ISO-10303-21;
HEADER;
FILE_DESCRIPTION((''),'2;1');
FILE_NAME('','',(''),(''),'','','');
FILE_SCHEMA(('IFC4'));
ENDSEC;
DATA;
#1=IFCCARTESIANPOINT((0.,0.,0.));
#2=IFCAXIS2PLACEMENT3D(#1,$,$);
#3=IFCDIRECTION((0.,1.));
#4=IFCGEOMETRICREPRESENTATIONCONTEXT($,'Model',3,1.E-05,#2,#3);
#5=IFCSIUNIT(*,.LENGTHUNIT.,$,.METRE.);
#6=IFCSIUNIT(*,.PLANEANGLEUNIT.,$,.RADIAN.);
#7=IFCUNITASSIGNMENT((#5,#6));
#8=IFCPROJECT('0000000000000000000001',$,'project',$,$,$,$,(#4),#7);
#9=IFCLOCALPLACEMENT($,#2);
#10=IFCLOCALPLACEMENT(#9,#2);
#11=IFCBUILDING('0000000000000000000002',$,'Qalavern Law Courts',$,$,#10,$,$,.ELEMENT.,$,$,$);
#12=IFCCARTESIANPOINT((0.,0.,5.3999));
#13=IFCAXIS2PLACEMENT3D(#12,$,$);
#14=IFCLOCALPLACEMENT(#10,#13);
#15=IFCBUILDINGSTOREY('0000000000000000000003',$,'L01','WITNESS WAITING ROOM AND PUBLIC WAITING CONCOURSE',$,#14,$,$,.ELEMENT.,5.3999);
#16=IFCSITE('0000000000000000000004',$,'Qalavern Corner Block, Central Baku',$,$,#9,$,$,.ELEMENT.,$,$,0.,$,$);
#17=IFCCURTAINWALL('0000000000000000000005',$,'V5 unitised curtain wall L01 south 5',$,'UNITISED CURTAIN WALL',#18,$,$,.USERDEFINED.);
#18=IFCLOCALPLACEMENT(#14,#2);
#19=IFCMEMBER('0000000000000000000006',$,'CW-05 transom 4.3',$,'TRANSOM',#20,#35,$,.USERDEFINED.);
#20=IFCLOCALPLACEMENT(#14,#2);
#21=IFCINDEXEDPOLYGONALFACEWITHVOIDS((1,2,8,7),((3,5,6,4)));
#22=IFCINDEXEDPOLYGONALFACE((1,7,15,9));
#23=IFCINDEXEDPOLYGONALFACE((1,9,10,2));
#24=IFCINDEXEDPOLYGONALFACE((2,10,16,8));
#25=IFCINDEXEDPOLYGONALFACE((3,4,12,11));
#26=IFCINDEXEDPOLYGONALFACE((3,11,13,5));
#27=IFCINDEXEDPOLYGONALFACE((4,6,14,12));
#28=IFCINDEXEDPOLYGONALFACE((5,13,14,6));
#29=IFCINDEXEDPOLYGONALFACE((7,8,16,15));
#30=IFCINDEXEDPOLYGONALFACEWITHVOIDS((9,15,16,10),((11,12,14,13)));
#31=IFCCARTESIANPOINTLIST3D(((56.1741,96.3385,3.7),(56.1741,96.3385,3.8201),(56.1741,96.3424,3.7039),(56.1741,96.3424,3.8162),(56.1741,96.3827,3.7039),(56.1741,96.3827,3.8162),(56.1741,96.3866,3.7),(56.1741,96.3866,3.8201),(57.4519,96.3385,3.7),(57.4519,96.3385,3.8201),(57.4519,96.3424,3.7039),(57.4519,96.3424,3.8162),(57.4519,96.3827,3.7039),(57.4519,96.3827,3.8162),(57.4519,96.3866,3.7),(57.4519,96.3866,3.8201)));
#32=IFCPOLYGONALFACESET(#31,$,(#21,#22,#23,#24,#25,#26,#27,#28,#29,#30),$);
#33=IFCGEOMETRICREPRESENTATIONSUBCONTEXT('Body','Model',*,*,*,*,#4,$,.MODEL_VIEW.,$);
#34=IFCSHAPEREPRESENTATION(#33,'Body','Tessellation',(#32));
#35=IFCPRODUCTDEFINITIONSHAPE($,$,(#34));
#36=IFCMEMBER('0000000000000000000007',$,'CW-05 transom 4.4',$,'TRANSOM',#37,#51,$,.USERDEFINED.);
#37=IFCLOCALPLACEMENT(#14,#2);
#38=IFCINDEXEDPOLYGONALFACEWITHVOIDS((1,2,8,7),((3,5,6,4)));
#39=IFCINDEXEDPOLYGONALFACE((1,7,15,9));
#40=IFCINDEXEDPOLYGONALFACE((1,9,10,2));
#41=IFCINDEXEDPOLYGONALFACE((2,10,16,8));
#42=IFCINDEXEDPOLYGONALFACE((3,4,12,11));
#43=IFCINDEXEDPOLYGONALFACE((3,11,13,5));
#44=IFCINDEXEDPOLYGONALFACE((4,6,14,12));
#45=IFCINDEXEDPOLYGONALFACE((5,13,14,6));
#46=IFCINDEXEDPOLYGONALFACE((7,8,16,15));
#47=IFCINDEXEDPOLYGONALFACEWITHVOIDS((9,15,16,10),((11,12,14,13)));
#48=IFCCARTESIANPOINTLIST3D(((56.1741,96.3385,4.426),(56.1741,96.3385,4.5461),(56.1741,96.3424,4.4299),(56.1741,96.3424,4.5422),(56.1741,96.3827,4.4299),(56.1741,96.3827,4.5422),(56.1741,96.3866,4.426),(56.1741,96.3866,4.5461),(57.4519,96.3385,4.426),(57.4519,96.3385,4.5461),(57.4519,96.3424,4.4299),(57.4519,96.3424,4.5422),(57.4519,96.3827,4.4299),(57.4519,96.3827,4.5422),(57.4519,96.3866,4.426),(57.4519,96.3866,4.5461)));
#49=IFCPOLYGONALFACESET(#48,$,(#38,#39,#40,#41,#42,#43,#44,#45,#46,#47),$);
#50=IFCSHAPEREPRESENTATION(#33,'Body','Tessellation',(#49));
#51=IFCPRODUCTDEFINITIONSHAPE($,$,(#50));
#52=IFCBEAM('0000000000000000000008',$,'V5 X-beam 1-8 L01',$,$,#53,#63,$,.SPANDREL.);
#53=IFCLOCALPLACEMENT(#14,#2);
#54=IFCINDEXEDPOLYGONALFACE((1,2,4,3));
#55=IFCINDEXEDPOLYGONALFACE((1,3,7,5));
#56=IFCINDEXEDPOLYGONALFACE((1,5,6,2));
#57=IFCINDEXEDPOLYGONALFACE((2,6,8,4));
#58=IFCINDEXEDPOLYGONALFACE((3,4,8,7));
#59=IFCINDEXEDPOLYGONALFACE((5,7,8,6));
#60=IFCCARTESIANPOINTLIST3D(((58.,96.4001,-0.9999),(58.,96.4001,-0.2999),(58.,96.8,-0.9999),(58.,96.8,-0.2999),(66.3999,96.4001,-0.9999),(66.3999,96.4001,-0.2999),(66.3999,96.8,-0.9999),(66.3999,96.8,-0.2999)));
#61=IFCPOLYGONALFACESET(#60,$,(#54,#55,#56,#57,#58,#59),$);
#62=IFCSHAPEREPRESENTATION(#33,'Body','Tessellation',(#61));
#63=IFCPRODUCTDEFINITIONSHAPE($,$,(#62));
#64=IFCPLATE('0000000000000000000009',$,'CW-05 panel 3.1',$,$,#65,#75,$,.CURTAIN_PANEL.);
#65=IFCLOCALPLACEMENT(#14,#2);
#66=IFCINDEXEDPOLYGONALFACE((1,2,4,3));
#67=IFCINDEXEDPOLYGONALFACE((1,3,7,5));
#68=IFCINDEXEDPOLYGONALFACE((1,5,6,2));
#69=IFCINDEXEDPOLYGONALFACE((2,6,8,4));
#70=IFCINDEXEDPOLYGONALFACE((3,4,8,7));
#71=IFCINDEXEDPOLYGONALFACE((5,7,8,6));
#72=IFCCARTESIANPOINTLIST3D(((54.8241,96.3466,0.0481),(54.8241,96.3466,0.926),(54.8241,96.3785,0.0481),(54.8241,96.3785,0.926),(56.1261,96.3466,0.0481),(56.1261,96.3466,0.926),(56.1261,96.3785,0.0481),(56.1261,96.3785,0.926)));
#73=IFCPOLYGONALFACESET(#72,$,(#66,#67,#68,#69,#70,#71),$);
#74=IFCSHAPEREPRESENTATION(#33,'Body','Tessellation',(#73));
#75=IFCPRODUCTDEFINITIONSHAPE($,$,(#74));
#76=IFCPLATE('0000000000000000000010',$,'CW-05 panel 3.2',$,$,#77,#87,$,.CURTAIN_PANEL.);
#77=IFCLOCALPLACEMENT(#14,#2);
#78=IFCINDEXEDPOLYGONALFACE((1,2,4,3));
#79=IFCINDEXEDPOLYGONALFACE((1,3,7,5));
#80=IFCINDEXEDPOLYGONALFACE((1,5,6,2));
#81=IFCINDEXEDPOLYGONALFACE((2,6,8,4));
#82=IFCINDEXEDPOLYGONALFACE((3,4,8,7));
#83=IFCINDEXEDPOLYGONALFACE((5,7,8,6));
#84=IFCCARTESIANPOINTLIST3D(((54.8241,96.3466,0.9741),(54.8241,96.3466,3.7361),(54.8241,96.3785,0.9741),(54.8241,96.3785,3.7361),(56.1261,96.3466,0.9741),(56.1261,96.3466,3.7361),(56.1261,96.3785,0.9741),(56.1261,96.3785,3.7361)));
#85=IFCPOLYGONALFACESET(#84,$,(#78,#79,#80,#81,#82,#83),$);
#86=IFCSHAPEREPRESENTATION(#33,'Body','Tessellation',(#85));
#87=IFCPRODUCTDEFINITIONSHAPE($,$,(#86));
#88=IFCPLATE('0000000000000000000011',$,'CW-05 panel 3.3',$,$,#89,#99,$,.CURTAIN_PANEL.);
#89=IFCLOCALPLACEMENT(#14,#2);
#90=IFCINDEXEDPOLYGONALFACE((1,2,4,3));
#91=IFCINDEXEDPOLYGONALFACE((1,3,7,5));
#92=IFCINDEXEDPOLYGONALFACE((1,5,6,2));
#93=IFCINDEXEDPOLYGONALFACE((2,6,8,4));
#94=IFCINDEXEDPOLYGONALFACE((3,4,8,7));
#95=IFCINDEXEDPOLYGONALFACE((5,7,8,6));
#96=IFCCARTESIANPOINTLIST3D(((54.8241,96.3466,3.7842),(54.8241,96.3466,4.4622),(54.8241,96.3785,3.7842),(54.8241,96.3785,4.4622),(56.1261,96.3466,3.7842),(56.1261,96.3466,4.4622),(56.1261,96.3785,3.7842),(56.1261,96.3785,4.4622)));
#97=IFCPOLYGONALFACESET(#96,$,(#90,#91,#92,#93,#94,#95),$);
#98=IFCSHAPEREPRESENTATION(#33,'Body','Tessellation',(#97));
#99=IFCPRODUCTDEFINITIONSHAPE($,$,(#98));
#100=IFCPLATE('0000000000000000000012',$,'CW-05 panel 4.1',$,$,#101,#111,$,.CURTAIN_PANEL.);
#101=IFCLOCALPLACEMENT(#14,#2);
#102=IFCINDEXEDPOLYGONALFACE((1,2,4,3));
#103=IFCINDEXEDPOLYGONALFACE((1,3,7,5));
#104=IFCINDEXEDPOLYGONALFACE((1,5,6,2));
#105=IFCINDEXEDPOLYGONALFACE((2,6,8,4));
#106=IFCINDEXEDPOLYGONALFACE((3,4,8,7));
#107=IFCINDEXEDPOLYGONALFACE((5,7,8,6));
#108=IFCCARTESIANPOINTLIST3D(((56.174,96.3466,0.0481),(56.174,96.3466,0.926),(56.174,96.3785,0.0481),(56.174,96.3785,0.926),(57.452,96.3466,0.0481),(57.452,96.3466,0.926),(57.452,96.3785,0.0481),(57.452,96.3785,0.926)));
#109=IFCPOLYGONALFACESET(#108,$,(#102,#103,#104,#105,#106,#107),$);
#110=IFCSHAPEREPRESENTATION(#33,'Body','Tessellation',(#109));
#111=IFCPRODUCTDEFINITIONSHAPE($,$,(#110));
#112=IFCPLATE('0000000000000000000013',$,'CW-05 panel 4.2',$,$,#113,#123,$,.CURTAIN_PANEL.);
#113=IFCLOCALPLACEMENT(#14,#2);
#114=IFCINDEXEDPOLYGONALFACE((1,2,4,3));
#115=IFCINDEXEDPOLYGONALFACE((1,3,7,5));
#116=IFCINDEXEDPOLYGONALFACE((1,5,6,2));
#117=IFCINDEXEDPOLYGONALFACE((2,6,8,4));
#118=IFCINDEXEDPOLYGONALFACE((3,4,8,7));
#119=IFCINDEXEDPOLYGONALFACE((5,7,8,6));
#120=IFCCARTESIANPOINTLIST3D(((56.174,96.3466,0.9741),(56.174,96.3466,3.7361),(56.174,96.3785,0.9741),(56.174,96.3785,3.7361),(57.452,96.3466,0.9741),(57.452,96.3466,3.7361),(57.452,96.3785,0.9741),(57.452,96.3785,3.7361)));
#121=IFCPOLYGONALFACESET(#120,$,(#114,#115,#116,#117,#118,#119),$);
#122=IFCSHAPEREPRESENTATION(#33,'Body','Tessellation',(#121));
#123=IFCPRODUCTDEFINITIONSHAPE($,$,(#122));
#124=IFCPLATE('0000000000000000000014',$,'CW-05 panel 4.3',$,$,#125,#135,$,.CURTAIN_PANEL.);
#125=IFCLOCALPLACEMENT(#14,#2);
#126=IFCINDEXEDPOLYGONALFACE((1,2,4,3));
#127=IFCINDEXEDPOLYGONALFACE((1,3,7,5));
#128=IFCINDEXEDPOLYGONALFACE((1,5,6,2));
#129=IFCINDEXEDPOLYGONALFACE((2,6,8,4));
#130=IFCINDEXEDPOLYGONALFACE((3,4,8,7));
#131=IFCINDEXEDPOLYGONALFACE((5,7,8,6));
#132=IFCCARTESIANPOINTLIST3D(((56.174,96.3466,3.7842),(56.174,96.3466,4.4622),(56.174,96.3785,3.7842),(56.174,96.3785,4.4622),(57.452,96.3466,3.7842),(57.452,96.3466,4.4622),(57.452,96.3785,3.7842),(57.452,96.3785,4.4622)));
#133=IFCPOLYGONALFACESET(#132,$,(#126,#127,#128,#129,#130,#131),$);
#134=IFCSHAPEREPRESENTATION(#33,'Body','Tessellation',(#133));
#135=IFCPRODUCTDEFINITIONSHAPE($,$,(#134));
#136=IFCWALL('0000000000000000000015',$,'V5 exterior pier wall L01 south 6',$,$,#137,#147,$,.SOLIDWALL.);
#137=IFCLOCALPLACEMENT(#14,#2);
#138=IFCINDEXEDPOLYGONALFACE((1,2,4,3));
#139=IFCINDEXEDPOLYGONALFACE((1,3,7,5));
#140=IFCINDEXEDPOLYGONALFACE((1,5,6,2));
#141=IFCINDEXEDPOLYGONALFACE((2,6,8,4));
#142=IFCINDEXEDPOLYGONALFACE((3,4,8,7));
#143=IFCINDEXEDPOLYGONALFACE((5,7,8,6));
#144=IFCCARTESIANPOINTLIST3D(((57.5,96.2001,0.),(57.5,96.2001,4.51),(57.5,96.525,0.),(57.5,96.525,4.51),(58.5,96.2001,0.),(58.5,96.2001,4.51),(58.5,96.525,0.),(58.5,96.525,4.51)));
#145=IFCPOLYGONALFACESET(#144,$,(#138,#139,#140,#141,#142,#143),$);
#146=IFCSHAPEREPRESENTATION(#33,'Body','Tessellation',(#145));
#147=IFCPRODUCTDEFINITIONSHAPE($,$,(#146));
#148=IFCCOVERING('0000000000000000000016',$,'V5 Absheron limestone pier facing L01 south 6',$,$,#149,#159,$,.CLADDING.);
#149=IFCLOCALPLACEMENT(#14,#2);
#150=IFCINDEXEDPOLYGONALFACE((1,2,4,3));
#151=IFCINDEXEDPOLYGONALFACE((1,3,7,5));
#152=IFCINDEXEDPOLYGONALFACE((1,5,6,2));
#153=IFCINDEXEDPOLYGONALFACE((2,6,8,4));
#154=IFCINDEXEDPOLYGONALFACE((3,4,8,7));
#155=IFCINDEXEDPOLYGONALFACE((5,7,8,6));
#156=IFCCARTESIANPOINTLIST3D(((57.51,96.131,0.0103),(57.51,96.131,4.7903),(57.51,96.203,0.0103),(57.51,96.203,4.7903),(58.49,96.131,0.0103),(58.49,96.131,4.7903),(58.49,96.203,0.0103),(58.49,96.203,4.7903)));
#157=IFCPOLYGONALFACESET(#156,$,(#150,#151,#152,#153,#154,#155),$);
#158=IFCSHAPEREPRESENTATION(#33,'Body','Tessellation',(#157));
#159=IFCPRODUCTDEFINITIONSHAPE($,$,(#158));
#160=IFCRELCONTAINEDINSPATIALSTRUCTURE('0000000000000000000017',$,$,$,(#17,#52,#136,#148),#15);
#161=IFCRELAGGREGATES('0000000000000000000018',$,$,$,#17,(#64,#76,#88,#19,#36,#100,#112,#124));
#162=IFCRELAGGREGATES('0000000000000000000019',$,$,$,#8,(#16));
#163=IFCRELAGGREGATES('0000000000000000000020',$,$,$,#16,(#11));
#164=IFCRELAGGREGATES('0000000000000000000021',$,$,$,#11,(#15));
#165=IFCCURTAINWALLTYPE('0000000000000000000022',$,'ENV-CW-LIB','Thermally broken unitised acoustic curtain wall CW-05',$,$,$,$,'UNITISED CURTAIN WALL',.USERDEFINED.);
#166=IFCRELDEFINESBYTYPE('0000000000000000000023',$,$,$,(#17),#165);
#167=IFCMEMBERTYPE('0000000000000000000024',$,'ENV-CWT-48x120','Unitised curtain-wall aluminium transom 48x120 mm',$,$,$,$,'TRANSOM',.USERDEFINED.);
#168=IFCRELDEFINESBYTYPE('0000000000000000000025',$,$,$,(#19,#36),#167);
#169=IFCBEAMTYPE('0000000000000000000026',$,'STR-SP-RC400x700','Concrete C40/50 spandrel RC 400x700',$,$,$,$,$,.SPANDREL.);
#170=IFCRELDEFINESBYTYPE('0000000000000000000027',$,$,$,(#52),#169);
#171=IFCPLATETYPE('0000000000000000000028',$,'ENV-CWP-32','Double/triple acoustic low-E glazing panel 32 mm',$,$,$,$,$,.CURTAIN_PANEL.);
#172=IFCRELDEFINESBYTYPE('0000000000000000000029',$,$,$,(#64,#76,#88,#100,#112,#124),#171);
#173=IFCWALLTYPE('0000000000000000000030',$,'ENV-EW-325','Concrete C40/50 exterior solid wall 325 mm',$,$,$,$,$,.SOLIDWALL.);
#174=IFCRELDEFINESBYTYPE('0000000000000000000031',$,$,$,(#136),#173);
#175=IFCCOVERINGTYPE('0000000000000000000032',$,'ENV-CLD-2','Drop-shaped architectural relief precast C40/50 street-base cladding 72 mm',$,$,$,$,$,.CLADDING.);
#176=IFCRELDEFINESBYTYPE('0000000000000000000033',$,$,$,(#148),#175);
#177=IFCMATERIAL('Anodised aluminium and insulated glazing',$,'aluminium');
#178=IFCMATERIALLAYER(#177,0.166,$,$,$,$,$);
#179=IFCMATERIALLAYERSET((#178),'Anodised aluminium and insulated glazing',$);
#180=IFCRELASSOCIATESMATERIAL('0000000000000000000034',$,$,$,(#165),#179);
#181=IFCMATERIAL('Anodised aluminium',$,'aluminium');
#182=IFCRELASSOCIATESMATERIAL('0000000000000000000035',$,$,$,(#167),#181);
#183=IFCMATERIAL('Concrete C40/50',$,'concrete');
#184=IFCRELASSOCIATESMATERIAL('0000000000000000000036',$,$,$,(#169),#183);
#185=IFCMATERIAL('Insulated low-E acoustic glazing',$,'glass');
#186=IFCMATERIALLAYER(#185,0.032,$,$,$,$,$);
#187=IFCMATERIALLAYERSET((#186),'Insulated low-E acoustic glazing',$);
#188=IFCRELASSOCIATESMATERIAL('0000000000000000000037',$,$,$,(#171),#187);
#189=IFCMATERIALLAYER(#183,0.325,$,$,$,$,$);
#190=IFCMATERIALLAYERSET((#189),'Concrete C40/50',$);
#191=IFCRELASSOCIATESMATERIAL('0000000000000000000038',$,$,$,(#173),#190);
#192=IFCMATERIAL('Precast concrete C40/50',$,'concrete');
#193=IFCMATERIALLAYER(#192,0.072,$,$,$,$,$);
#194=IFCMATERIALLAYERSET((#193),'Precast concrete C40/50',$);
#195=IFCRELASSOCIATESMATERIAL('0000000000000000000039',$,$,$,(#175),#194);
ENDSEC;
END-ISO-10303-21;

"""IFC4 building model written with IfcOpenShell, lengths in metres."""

from ifc_helpers import new_model, si_unit, direction, frame, frame_2d, origin, origin_2d, place, context, subcontext, project, spatial, rectangle, hollow_rectangle, extrude, material, layer, layer_set, material_profile, profile_set, type_object, element, aggregate, save


model = new_model("IFC4")

# Units and contexts
model_context = context("Model", 3, precision=1e-05, world=origin(), true_north=direction((0.0, 1.0)))
body_context = subcontext(model_context, "Body", "Model", "MODEL_VIEW")
ifc_project = project(units=[si_unit("LENGTHUNIT", "METRE"), si_unit("PLANEANGLEUNIT", "RADIAN")], contexts=[model_context])

# Site, building, storey
site_placement = place(None, origin())
site = spatial("IfcSite", under=ifc_project, at=site_placement, Name="Qalavern Corner Block, Central Baku", CompositionType="ELEMENT", RefElevation=0.0)
building_placement = place(site_placement, origin())
building = spatial("IfcBuilding", under=site, at=building_placement, Name="Qalavern Law Courts", CompositionType="ELEMENT")
storey_placement = place(building_placement, frame((0.0, 0.0, 5.3999)))
storey = spatial("IfcBuildingStorey", under=building, at=storey_placement, Name="L01", Description="WITNESS WAITING ROOM AND PUBLIC WAITING CONCOURSE", CompositionType="ELEMENT", Elevation=5.3999)

# Curtain wall
ifc_material_1 = material(Name="Anodised aluminium and insulated glazing", Category="aluminium")
ifc_layer_1 = layer(ifc_material_1, 0.166)
ifc_layer_set_1 = layer_set([ifc_layer_1], Name="Anodised aluminium and insulated glazing")
curtain_wall_type = type_object("IfcCurtainWallType", Name="ENV-CW-LIB", Description="Thermally broken unitised acoustic curtain wall CW-05", ElementType="UNITISED CURTAIN WALL", PredefinedType="USERDEFINED", material=ifc_layer_set_1)
curtain_wall_1_placement = place(storey_placement, origin())
curtain_wall_1 = element("IfcCurtainWall", 1, at=curtain_wall_1_placement, inside=storey, type_object=curtain_wall_type, Name="V5 unitised curtain wall L01 south 5", ObjectType="UNITISED CURTAIN WALL", PredefinedType="USERDEFINED")
ifc_material_2 = material(Name="Anodised aluminium", Category="aluminium")

# Members
ifc_material_profile_1 = material_profile(ifc_material_2, hollow_rectangle(XDim=0.0481, YDim=0.1201, WallThickness=0.0039, at=origin_2d()), Name="ALU TRANSOM 48x120")
ifc_profile_set_1 = profile_set([ifc_material_profile_1], Name="Anodised aluminium")
member_type_1 = type_object("IfcMemberType", Name="ENV-CWT-48x120", Description="Unitised curtain-wall aluminium transom 48x120 mm", ElementType="TRANSOM", PredefinedType="USERDEFINED", material=ifc_profile_set_1)
member_1_placement = place(storey_placement, frame((56.1741, 96.3625, 3.76), z_axis=(1.0, 0.0, 0.0), x_axis=(0.0, 1.0, 0.0)))
member_1 = element("IfcMember", 2, at=member_1_placement, type_object=member_type_1, Name="CW-05 transom 4.3", ObjectType="TRANSOM", PredefinedType="USERDEFINED", context=body_context, shape_type="SweptSolid", body=[
    extrude(hollow_rectangle(XDim=0.0481, YDim=0.1201, WallThickness=0.0039, at=origin_2d()), origin(), (0.0, 0.0, 1.0), 1.2778),
])
member_2_placement = place(storey_placement, frame((56.1741, 96.3625, 4.4861), z_axis=(1.0, 0.0, 0.0), x_axis=(0.0, 1.0, 0.0)))
member_2 = element("IfcMember", 3, at=member_2_placement, type_object=member_type_1, Name="CW-05 transom 4.4", ObjectType="TRANSOM", PredefinedType="USERDEFINED", context=body_context, shape_type="SweptSolid", body=[
    extrude(hollow_rectangle(XDim=0.0481, YDim=0.1201, WallThickness=0.0039, at=origin_2d()), origin(), (0.0, 0.0, 1.0), 1.2778),
])

# Beam
ifc_material_3 = material(Name="Concrete C40/50", Category="concrete")
ifc_material_profile_2 = material_profile(ifc_material_3, rectangle(XDim=0.3999, YDim=0.7, at=origin_2d()), Name="RC 400x700")
ifc_profile_set_2 = profile_set([ifc_material_profile_2], Name="Concrete C40/50")
beam_type = type_object("IfcBeamType", Name="STR-SP-RC400x700", Description="Concrete C40/50 spandrel RC 400x700", PredefinedType="SPANDREL", material=ifc_profile_set_2)
beam_placement = place(storey_placement, frame((58.0, 96.6001, -0.6499), z_axis=(1.0, 0.0, 0.0), x_axis=(0.0, 1.0, 0.0)))
element("IfcBeam", 4, at=beam_placement, inside=storey, type_object=beam_type, Name="V5 X-beam 1-8 L01", PredefinedType="SPANDREL", context=body_context, shape_type="SweptSolid", body=[
    extrude(rectangle(XDim=0.3999, YDim=0.7, at=origin_2d()), origin(), (0.0, 0.0, 1.0), 8.3999),
])

# Plates
ifc_material_4 = material(Name="Insulated low-E acoustic glazing", Category="glass")
ifc_layer_2 = layer(ifc_material_4, 0.032)
ifc_layer_set_2 = layer_set([ifc_layer_2], Name="Insulated low-E acoustic glazing")
plate_type = type_object("IfcPlateType", Name="ENV-CWP-32", Description="Double/triple acoustic low-E glazing panel 32 mm", PredefinedType="CURTAIN_PANEL", material=ifc_layer_set_2)
plate_1_placement = place(storey_placement, frame((55.4751, 96.3625, 0.0481), z_axis=(0.0, 0.0, 1.0), x_axis=(1.0, 0.0, 0.0)))
plate_1 = element("IfcPlate", 5, at=plate_1_placement, type_object=plate_type, Name="CW-05 panel 3.1", PredefinedType="CURTAIN_PANEL", context=body_context, shape_type="SweptSolid", body=[
    extrude(rectangle(XDim=1.302, YDim=0.032, at=origin_2d()), origin(), (0.0, 0.0, 1.0), 0.8779),
])
plate_2_placement = place(storey_placement, frame((55.4751, 96.3625, 0.9741), z_axis=(0.0, 0.0, 1.0), x_axis=(1.0, 0.0, 0.0)))
plate_2 = element("IfcPlate", 6, at=plate_2_placement, type_object=plate_type, Name="CW-05 panel 3.2", PredefinedType="CURTAIN_PANEL", context=body_context, shape_type="SweptSolid", body=[
    extrude(rectangle(XDim=1.302, YDim=0.032, at=origin_2d()), origin(), (0.0, 0.0, 1.0), 2.762),
])
plate_3_placement = place(storey_placement, frame((55.4751, 96.3625, 3.7842), z_axis=(0.0, 0.0, 1.0), x_axis=(1.0, 0.0, 0.0)))
plate_3 = element("IfcPlate", 7, at=plate_3_placement, type_object=plate_type, Name="CW-05 panel 3.3", PredefinedType="CURTAIN_PANEL", context=body_context, shape_type="SweptSolid", body=[
    extrude(rectangle(XDim=1.302, YDim=0.032, at=origin_2d()), origin(), (0.0, 0.0, 1.0), 0.678),
])
plate_4_placement = place(storey_placement, frame((56.813, 96.3625, 0.0481), z_axis=(0.0, 0.0, 1.0), x_axis=(1.0, 0.0, 0.0)))
plate_4 = element("IfcPlate", 8, at=plate_4_placement, type_object=plate_type, Name="CW-05 panel 4.1", PredefinedType="CURTAIN_PANEL", context=body_context, shape_type="SweptSolid", body=[
    extrude(rectangle(XDim=1.2781, YDim=0.032, at=origin_2d()), origin(), (0.0, 0.0, 1.0), 0.8779),
])
plate_5_placement = place(storey_placement, frame((56.813, 96.3625, 0.9741), z_axis=(0.0, 0.0, 1.0), x_axis=(1.0, 0.0, 0.0)))
plate_5 = element("IfcPlate", 9, at=plate_5_placement, type_object=plate_type, Name="CW-05 panel 4.2", PredefinedType="CURTAIN_PANEL", context=body_context, shape_type="SweptSolid", body=[
    extrude(rectangle(XDim=1.2781, YDim=0.032, at=origin_2d()), origin(), (0.0, 0.0, 1.0), 2.762),
])
plate_6_placement = place(storey_placement, frame((56.813, 96.3625, 3.7842), z_axis=(0.0, 0.0, 1.0), x_axis=(1.0, 0.0, 0.0)))
plate_6 = element("IfcPlate", 10, at=plate_6_placement, type_object=plate_type, Name="CW-05 panel 4.3", PredefinedType="CURTAIN_PANEL", context=body_context, shape_type="SweptSolid", body=[
    extrude(rectangle(XDim=1.2781, YDim=0.032, at=origin_2d()), origin(), (0.0, 0.0, 1.0), 0.678),
])
aggregate(curtain_wall_1, [plate_1, plate_2, plate_3, member_1, member_2, plate_4, plate_5, plate_6])

# Wall
ifc_layer_3 = layer(ifc_material_3, 0.325)
ifc_layer_set_3 = layer_set([ifc_layer_3], Name="Concrete C40/50")
wall_type = type_object("IfcWallType", Name="ENV-EW-325", Description="Concrete C40/50 exterior solid wall 325 mm", PredefinedType="SOLIDWALL", material=ifc_layer_set_3)
wall_placement = place(storey_placement, frame((57.5, 96.3625, 0.0), z_axis=(0.0, 0.0, 1.0), x_axis=(1.0, 0.0, 0.0)))
element("IfcWall", 11, at=wall_placement, inside=storey, type_object=wall_type, Name="V5 exterior pier wall L01 south 6", PredefinedType="SOLIDWALL", context=body_context, shape_type="SweptSolid", body=[
    extrude(rectangle(XDim=1.0, YDim=0.325, at=frame_2d((0.5, 0.0))), origin(), (0.0, 0.0, 1.0), 4.51),
])

# Covering
ifc_material_5 = material(Name="Precast concrete C40/50", Category="concrete")
ifc_layer_4 = layer(ifc_material_5, 0.072)
ifc_layer_set_4 = layer_set([ifc_layer_4], Name="Precast concrete C40/50")
covering_type = type_object("IfcCoveringType", Name="ENV-CLD-2", Description="Drop-shaped architectural relief precast C40/50 street-base cladding 72 mm", PredefinedType="CLADDING", material=ifc_layer_set_4)
covering_placement = place(storey_placement, frame((58.0, 96.167, 0.0103), z_axis=(0.0, 0.0, 1.0), x_axis=(1.0, 0.0, 0.0)))
element("IfcCovering", 12, at=covering_placement, inside=storey, type_object=covering_type, Name="V5 Absheron limestone pier facing L01 south 6", PredefinedType="CLADDING", context=body_context, shape_type="SweptSolid", body=[
    extrude(rectangle(XDim=0.98, YDim=0.072, at=origin_2d()), origin(), (0.0, 0.0, 1.0), 4.78),
])

save(model, "model.ifc")
